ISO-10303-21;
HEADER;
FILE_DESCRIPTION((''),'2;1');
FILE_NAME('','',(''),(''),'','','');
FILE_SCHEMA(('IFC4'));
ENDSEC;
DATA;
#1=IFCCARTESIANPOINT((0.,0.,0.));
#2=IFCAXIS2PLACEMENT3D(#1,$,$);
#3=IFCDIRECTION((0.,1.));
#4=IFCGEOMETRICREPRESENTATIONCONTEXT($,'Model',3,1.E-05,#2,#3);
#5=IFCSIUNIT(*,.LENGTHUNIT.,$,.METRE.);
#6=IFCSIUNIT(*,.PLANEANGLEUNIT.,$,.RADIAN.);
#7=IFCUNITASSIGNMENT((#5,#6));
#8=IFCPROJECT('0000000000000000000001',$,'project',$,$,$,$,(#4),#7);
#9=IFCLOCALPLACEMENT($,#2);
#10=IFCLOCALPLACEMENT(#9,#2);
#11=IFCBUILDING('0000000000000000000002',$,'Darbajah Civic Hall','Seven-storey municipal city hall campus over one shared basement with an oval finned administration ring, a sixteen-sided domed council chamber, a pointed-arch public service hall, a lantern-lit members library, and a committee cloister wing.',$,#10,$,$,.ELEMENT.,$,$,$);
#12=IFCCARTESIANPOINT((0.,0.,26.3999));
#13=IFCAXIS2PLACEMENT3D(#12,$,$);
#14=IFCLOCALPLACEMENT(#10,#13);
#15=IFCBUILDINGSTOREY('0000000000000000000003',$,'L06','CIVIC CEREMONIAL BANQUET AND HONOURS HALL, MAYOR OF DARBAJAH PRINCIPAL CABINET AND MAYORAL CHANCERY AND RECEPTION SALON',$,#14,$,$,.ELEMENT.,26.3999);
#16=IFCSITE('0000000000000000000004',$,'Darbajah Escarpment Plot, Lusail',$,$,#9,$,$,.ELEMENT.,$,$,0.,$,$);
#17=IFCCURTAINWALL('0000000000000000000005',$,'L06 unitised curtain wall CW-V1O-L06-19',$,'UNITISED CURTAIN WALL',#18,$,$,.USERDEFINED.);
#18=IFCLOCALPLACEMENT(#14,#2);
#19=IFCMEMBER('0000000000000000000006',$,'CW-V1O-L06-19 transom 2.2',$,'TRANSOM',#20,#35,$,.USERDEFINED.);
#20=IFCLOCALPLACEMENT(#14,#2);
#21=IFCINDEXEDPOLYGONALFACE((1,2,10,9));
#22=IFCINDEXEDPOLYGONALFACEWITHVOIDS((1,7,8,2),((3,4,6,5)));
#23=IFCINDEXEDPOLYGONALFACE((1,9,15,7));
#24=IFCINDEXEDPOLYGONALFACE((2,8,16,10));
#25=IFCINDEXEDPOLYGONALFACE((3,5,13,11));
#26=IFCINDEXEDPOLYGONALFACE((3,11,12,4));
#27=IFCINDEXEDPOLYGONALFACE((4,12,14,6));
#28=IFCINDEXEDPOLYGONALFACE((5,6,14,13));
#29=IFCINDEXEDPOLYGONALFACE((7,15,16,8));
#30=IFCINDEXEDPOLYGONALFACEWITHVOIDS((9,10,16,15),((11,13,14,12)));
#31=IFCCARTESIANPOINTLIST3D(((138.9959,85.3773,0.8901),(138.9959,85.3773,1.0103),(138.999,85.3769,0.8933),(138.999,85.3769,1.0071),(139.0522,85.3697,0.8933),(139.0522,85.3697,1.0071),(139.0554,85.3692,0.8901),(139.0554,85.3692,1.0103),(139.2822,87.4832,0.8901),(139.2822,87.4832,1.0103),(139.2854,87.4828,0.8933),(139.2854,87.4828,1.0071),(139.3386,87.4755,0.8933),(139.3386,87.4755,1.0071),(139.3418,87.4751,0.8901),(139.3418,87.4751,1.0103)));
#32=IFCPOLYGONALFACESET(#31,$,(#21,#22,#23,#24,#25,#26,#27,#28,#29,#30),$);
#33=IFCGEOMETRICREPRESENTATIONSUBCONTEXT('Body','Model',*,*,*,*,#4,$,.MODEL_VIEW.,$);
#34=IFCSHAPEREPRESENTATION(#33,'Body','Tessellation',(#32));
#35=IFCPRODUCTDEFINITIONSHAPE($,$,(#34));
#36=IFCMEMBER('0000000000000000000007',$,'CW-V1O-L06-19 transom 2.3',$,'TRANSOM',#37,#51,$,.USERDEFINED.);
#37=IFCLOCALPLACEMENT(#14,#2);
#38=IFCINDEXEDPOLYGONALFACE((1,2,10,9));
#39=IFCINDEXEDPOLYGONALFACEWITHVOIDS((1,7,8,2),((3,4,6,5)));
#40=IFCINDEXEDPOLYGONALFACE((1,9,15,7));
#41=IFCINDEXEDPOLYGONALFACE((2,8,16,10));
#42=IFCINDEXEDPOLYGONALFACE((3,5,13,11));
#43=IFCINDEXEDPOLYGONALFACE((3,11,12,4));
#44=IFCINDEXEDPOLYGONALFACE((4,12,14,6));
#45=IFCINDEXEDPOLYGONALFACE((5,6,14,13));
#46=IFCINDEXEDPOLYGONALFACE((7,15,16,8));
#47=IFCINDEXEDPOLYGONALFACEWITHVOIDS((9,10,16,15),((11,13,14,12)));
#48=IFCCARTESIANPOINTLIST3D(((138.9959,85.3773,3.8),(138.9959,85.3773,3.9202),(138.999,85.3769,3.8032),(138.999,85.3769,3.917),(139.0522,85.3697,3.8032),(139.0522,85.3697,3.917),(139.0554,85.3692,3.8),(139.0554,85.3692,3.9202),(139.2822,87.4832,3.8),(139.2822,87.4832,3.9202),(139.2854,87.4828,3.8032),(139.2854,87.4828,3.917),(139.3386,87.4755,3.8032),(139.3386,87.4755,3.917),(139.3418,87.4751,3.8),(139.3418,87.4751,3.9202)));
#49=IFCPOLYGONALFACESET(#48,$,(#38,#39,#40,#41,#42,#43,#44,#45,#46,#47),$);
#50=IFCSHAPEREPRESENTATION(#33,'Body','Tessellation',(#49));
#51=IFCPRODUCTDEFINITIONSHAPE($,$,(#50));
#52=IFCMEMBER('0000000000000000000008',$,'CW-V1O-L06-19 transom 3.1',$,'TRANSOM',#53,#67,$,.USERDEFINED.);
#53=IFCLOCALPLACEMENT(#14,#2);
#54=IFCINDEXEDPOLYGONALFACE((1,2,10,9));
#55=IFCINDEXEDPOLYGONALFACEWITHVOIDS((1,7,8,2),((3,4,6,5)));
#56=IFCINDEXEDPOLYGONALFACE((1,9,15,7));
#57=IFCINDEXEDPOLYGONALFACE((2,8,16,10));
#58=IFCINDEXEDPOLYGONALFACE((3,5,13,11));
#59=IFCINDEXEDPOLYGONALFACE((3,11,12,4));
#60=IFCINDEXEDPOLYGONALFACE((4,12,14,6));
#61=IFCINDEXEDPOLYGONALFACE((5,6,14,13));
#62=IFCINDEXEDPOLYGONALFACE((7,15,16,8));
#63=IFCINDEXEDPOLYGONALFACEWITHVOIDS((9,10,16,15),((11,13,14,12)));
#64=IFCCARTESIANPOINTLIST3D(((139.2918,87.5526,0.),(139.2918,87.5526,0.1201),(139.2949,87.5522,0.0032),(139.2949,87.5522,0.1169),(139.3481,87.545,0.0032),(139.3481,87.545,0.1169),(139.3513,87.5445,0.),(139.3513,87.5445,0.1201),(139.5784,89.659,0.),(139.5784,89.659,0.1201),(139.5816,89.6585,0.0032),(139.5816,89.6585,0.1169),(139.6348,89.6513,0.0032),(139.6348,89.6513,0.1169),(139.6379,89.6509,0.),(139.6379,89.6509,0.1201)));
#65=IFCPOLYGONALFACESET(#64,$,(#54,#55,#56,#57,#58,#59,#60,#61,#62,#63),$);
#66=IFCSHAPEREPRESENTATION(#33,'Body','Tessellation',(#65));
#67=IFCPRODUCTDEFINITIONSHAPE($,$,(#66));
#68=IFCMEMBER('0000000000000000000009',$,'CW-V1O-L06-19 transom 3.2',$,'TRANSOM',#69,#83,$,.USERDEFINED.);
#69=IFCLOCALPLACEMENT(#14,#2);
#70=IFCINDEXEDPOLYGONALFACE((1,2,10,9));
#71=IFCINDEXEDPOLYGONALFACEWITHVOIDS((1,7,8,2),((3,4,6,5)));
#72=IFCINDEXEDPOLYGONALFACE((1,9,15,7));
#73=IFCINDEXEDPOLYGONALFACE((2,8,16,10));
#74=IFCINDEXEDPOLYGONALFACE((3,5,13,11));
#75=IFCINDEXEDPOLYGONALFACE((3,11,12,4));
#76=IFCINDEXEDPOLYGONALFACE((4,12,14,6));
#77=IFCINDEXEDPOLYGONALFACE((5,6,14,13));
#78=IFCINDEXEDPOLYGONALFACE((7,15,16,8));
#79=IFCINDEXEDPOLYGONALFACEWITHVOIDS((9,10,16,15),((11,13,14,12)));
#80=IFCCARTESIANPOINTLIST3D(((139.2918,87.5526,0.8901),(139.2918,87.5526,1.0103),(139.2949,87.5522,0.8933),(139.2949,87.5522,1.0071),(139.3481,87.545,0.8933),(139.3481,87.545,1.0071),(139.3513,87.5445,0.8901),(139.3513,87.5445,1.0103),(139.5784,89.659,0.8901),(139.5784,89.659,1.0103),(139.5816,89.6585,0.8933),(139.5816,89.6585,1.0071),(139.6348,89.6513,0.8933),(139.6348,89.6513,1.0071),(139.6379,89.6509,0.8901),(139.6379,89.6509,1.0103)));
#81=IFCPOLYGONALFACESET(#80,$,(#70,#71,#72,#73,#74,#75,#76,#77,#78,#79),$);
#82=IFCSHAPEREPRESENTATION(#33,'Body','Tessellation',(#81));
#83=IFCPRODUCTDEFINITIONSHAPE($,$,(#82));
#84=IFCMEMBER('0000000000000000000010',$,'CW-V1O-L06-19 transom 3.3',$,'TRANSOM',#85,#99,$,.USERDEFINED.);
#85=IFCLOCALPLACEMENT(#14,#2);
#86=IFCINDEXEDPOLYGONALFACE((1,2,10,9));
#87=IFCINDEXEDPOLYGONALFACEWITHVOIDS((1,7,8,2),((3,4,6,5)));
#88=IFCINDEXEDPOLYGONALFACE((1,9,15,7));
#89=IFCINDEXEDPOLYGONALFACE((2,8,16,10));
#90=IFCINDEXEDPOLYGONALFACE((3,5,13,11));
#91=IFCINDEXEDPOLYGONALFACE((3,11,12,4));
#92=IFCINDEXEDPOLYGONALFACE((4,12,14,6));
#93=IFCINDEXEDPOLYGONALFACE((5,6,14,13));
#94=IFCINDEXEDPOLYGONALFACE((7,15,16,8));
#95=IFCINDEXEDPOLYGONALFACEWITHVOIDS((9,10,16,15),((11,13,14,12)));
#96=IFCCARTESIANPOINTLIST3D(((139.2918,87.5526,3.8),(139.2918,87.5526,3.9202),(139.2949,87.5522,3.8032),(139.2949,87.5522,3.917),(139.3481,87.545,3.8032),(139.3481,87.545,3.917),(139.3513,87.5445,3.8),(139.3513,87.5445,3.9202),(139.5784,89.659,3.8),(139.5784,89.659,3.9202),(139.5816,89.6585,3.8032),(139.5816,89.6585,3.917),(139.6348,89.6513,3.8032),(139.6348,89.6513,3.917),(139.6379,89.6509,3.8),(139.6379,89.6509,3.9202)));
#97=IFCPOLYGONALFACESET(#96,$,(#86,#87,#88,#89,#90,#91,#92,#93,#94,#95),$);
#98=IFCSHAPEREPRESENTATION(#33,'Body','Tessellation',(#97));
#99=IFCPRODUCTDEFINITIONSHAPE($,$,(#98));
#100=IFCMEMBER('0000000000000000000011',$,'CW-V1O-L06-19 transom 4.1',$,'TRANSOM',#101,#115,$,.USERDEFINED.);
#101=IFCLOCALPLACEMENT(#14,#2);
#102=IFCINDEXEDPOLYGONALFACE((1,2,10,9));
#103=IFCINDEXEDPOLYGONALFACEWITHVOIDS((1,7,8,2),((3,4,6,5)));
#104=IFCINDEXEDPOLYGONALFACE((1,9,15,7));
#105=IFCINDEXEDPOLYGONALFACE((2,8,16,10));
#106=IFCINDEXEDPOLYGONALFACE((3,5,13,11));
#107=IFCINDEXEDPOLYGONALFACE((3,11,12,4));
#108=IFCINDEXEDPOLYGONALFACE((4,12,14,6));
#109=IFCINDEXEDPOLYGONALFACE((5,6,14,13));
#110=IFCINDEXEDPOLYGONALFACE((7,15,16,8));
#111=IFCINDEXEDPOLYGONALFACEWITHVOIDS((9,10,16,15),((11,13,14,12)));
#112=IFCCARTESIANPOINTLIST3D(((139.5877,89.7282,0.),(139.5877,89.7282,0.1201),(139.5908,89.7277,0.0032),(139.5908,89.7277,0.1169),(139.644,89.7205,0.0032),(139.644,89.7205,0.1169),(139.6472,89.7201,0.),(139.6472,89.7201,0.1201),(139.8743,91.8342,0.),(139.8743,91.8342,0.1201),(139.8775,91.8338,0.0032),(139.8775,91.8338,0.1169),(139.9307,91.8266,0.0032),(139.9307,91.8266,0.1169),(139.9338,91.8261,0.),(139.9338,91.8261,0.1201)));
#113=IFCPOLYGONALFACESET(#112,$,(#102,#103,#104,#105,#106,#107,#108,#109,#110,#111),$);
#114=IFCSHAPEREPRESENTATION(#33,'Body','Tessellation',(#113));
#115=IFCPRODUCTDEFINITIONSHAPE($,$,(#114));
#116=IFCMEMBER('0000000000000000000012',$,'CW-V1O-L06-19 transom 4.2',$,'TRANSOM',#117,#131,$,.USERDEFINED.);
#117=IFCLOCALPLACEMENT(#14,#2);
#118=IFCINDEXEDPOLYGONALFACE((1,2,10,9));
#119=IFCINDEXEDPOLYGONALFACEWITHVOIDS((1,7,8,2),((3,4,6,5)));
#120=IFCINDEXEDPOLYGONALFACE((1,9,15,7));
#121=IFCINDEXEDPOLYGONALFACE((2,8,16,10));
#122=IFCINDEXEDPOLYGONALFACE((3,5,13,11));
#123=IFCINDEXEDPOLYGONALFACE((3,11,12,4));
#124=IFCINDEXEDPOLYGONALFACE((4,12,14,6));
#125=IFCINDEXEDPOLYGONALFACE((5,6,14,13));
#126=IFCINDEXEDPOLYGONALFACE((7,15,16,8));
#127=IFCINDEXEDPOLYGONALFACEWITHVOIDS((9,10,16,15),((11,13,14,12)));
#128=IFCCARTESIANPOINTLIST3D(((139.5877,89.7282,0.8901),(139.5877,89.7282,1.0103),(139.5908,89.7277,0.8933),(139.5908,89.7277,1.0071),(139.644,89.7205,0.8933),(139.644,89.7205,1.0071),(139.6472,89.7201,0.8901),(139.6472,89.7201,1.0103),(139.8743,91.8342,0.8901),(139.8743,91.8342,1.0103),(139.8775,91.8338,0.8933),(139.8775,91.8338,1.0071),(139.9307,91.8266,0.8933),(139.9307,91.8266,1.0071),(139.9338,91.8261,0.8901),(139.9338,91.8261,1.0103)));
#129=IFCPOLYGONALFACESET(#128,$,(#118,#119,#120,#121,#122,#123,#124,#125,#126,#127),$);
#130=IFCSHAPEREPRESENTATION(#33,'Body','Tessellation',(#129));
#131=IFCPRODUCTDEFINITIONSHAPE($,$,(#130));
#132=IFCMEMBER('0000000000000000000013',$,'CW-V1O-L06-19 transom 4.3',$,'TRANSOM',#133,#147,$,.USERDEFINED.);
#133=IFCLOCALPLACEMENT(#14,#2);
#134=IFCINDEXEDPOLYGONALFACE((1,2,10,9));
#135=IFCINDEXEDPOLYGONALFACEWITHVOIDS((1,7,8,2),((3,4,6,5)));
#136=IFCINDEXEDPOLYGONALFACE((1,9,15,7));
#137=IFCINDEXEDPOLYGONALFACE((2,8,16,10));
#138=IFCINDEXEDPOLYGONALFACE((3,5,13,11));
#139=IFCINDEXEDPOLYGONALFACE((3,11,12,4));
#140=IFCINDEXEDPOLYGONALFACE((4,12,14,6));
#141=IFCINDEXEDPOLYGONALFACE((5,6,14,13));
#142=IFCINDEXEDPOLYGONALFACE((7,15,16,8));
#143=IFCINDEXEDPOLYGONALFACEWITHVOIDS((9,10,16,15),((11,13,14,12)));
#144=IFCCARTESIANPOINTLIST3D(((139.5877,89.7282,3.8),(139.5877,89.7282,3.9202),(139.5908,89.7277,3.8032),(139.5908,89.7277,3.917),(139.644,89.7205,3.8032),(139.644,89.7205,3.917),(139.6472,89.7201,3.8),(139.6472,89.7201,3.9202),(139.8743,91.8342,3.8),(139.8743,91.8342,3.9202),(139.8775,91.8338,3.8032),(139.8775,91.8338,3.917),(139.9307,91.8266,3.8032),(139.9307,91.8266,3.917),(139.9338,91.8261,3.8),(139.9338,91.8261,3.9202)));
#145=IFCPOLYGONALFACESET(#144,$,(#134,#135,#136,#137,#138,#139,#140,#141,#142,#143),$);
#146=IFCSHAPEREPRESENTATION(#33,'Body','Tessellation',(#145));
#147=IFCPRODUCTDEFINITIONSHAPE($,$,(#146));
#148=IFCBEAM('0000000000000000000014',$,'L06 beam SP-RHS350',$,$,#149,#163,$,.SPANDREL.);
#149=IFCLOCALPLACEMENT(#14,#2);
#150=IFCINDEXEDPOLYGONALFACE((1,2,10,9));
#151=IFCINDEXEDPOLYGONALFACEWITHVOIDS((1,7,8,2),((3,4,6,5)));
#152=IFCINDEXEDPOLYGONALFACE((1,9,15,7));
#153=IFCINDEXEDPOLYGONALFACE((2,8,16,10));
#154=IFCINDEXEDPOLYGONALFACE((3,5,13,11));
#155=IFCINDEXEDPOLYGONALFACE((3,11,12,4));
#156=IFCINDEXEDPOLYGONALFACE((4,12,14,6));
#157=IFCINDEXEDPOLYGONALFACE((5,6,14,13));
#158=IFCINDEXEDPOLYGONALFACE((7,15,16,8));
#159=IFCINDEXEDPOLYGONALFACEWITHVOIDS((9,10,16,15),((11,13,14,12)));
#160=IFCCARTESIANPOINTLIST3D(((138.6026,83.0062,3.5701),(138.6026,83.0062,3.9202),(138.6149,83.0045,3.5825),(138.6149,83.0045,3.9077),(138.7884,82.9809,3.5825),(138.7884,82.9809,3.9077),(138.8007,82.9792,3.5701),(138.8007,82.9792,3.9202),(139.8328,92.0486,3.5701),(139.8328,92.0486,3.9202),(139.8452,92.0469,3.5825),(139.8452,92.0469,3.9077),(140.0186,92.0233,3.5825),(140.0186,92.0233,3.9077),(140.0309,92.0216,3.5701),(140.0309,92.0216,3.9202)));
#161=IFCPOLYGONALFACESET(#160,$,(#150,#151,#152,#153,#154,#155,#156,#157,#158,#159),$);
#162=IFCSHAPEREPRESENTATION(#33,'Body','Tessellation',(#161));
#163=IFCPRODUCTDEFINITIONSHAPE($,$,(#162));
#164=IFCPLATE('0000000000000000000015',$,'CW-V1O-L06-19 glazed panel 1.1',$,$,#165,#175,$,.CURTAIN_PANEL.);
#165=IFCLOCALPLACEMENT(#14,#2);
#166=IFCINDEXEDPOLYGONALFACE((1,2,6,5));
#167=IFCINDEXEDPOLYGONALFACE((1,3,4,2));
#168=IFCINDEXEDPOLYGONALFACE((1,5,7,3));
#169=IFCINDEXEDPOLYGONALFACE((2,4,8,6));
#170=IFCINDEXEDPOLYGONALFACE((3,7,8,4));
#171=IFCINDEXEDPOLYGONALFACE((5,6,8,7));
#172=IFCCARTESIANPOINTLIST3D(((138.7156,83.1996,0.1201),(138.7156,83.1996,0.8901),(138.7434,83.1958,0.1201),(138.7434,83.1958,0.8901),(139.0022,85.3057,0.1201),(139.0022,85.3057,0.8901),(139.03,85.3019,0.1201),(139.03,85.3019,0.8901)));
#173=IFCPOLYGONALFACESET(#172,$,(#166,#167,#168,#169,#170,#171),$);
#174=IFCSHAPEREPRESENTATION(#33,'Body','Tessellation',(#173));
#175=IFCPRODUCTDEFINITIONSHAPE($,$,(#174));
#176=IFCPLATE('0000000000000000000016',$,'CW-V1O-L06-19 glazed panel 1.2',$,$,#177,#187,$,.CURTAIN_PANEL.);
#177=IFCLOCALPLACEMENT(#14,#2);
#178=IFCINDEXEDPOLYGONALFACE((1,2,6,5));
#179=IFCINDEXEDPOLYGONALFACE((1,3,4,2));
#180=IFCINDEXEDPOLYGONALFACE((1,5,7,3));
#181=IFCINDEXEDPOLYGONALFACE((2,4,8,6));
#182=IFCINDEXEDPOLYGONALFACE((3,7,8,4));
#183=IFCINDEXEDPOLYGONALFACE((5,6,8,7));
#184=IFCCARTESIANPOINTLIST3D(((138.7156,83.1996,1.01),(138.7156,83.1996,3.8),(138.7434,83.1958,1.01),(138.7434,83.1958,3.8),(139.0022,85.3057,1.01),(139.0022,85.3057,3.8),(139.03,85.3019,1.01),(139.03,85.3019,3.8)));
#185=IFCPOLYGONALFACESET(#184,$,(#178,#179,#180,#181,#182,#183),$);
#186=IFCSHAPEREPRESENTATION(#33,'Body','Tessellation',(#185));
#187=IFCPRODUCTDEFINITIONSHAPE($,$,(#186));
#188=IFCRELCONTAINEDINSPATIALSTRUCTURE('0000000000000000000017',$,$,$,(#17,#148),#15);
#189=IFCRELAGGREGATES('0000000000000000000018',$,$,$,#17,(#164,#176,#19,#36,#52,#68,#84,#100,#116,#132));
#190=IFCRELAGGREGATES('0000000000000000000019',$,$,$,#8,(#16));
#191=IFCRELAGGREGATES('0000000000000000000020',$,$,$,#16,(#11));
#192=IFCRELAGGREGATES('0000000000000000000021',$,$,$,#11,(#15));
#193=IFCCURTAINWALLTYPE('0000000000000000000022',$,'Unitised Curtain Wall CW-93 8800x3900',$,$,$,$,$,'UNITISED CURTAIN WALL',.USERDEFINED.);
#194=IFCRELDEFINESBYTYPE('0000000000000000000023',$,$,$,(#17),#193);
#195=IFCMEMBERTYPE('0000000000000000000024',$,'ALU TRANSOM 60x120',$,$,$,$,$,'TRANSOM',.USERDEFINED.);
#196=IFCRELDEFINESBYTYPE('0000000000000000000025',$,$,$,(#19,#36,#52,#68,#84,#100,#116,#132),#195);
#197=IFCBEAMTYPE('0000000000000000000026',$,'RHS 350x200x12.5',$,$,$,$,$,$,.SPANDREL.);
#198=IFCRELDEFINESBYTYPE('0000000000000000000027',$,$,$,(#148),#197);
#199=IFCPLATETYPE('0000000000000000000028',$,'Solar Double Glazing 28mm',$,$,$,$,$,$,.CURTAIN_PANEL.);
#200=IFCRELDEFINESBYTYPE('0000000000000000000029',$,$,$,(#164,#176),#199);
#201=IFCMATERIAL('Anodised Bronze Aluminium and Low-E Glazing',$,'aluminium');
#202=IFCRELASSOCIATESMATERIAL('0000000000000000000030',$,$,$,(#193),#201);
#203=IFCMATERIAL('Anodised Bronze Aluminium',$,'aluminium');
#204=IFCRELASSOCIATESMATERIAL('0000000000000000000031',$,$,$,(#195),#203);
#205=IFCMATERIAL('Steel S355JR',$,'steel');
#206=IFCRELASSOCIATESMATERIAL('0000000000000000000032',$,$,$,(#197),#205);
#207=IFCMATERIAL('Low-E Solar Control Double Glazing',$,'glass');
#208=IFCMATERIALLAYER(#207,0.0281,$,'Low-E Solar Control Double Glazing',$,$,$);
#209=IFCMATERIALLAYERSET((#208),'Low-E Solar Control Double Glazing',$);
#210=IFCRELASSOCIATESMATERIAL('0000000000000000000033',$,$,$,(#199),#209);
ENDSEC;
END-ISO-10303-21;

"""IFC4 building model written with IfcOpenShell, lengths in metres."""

from ifc_helpers import new_model, si_unit, direction, frame, origin, origin_2d, place, context, subcontext, project, spatial, rectangle, hollow_rectangle, extrude, material, layer, layer_set, material_profile, profile_set, type_object, element, aggregate, save


model = new_model("IFC4")

# Units and contexts
model_context = context("Model", 3, precision=1e-05, world=origin(), true_north=direction((0.0, 1.0)))
body_context = subcontext(model_context, "Body", "Model", "MODEL_VIEW")
ifc_project = project(units=[si_unit("LENGTHUNIT", "METRE"), si_unit("PLANEANGLEUNIT", "RADIAN")], contexts=[model_context])

# Site, building, storey
site_placement = place(None, origin())
site = spatial("IfcSite", under=ifc_project, at=site_placement, Name="Darbajah Escarpment Plot, Lusail", CompositionType="ELEMENT", RefElevation=0.0)
building_placement = place(site_placement, origin())
building = spatial("IfcBuilding", under=site, at=building_placement, Name="Darbajah Civic Hall", Description="Seven-storey municipal city hall campus over one shared basement with an oval finned administration ring, a sixteen-sided domed council chamber, a pointed-arch public service hall, a lantern-lit members library, and a committee cloister wing.", CompositionType="ELEMENT")
storey_placement = place(building_placement, frame((0.0, 0.0, 26.3999)))
storey = spatial("IfcBuildingStorey", under=building, at=storey_placement, Name="L06", Description="CIVIC CEREMONIAL BANQUET AND HONOURS HALL, MAYOR OF DARBAJAH PRINCIPAL CABINET AND MAYORAL CHANCERY AND RECEPTION SALON", CompositionType="ELEMENT", Elevation=26.3999)

# Curtain wall
ifc_material_1 = material(Name="Anodised Bronze Aluminium and Low-E Glazing", Category="aluminium")
curtain_wall_type_1 = type_object("IfcCurtainWallType", Name="Unitised Curtain Wall CW-93 8800x3900", ElementType="UNITISED CURTAIN WALL", PredefinedType="USERDEFINED", material=ifc_material_1)
curtain_wall_1_placement = place(storey_placement, origin())
curtain_wall_1 = element("IfcCurtainWall", 1, at=curtain_wall_1_placement, inside=storey, type_object=curtain_wall_type_1, Name="L06 unitised curtain wall CW-V1O-L06-19", ObjectType="UNITISED CURTAIN WALL", PredefinedType="USERDEFINED")
ifc_material_2 = material(Name="Anodised Bronze Aluminium", Category="aluminium")

# Members
ifc_material_profile_1 = material_profile(ifc_material_2, hollow_rectangle(XDim=0.0601, YDim=0.1201, WallThickness=0.0032, at=origin_2d()), Name="ALU TRANSOM 60x120")
ifc_profile_set_1 = profile_set([ifc_material_profile_1], Name="Anodised Bronze Aluminium")
member_type_1 = type_object("IfcMemberType", Name="ALU TRANSOM 60x120", ElementType="TRANSOM", PredefinedType="USERDEFINED", material=ifc_profile_set_1)
member_1_placement = place(storey_placement, frame((139.0256, 85.3733, 0.9502), z_axis=(0.134744, 0.99088, 0.0), x_axis=(-0.99088, 0.134744, 0.0)))
member_1 = element("IfcMember", 2, at=member_1_placement, type_object=member_type_1, Name="CW-V1O-L06-19 transom 2.2", ObjectType="TRANSOM", PredefinedType="USERDEFINED", context=body_context, shape_type="SweptSolid", body=[
    extrude(hollow_rectangle(XDim=0.0601, YDim=0.1201, WallThickness=0.0032, at=origin_2d()), origin(), (0.0, 0.0, 1.0), 2.1252),
])
member_2_placement = place(storey_placement, frame((139.0256, 85.3733, 3.8601), z_axis=(0.134744, 0.99088, 0.0), x_axis=(-0.99088, 0.134744, 0.0)))
member_2 = element("IfcMember", 3, at=member_2_placement, type_object=member_type_1, Name="CW-V1O-L06-19 transom 2.3", ObjectType="TRANSOM", PredefinedType="USERDEFINED", context=body_context, shape_type="SweptSolid", body=[
    extrude(hollow_rectangle(XDim=0.0601, YDim=0.1201, WallThickness=0.0032, at=origin_2d()), origin(), (0.0, 0.0, 1.0), 2.1252),
])
member_3_placement = place(storey_placement, frame((139.3215, 87.5486, 0.0601), z_axis=(0.134842, 0.990867, 0.0), x_axis=(-0.990867, 0.134842, 0.0)))
member_3 = element("IfcMember", 4, at=member_3_placement, type_object=member_type_1, Name="CW-V1O-L06-19 transom 3.1", ObjectType="TRANSOM", PredefinedType="USERDEFINED", context=body_context, shape_type="SweptSolid", body=[
    extrude(hollow_rectangle(XDim=0.0601, YDim=0.1201, WallThickness=0.0032, at=origin_2d()), origin(), (0.0, 0.0, 1.0), 2.1257),
])
member_4_placement = place(storey_placement, frame((139.3215, 87.5486, 0.9502), z_axis=(0.134842, 0.990867, 0.0), x_axis=(-0.990867, 0.134842, 0.0)))
member_4 = element("IfcMember", 5, at=member_4_placement, type_object=member_type_1, Name="CW-V1O-L06-19 transom 3.2", ObjectType="TRANSOM", PredefinedType="USERDEFINED", context=body_context, shape_type="SweptSolid", body=[
    extrude(hollow_rectangle(XDim=0.0601, YDim=0.1201, WallThickness=0.0032, at=origin_2d()), origin(), (0.0, 0.0, 1.0), 2.1257),
])
member_5_placement = place(storey_placement, frame((139.3215, 87.5486, 3.8601), z_axis=(0.134842, 0.990867, 0.0), x_axis=(-0.990867, 0.134842, 0.0)))
member_5 = element("IfcMember", 6, at=member_5_placement, type_object=member_type_1, Name="CW-V1O-L06-19 transom 3.3", ObjectType="TRANSOM", PredefinedType="USERDEFINED", context=body_context, shape_type="SweptSolid", body=[
    extrude(hollow_rectangle(XDim=0.0601, YDim=0.1201, WallThickness=0.0032, at=origin_2d()), origin(), (0.0, 0.0, 1.0), 2.1257),
])
member_6_placement = place(storey_placement, frame((139.6174, 89.7241, 0.0601), z_axis=(0.134857, 0.990865, 0.0), x_axis=(-0.990865, 0.134857, 0.0)))
member_6 = element("IfcMember", 7, at=member_6_placement, type_object=member_type_1, Name="CW-V1O-L06-19 transom 4.1", ObjectType="TRANSOM", PredefinedType="USERDEFINED", context=body_context, shape_type="SweptSolid", body=[
    extrude(hollow_rectangle(XDim=0.0601, YDim=0.1201, WallThickness=0.0032, at=origin_2d()), origin(), (0.0, 0.0, 1.0), 2.1255),
])
member_7_placement = place(storey_placement, frame((139.6174, 89.7241, 0.9502), z_axis=(0.134857, 0.990865, 0.0), x_axis=(-0.990865, 0.134857, 0.0)))
member_7 = element("IfcMember", 8, at=member_7_placement, type_object=member_type_1, Name="CW-V1O-L06-19 transom 4.2", ObjectType="TRANSOM", PredefinedType="USERDEFINED", context=body_context, shape_type="SweptSolid", body=[
    extrude(hollow_rectangle(XDim=0.0601, YDim=0.1201, WallThickness=0.0032, at=origin_2d()), origin(), (0.0, 0.0, 1.0), 2.1255),
])
member_8_placement = place(storey_placement, frame((139.6174, 89.7241, 3.8601), z_axis=(0.134857, 0.990865, 0.0), x_axis=(-0.990865, 0.134857, 0.0)))
member_8 = element("IfcMember", 9, at=member_8_placement, type_object=member_type_1, Name="CW-V1O-L06-19 transom 4.3", ObjectType="TRANSOM", PredefinedType="USERDEFINED", context=body_context, shape_type="SweptSolid", body=[
    extrude(hollow_rectangle(XDim=0.0601, YDim=0.1201, WallThickness=0.0032, at=origin_2d()), origin(), (0.0, 0.0, 1.0), 2.1255),
])

# Beam
ifc_material_3 = material(Name="Steel S355JR", Category="steel")
ifc_material_profile_2 = material_profile(ifc_material_3, hollow_rectangle(XDim=0.2, YDim=0.3501, WallThickness=0.0125, at=origin_2d()), Name="RHS 350x200x12.5")
ifc_profile_set_2 = profile_set([ifc_material_profile_2], Name="Steel S355JR")
beam_type = type_object("IfcBeamType", Name="RHS 350x200x12.5", PredefinedType="SPANDREL", material=ifc_profile_set_2)
beam_placement = place(storey_placement, frame((138.7017, 82.9927, 3.7451), z_axis=(0.134808, 0.990872, 0.0), x_axis=(-0.990872, 0.134808, 0.0)))
element("IfcBeam", 10, at=beam_placement, inside=storey, type_object=beam_type, Name="L06 beam SP-RHS350", PredefinedType="SPANDREL", context=body_context, shape_type="SweptSolid", body=[
    extrude(hollow_rectangle(XDim=0.2, YDim=0.3501, WallThickness=0.0125, at=origin_2d()), origin(), (0.0, 0.0, 1.0), 9.1257),
])

# Plates
ifc_material_4 = material(Name="Low-E Solar Control Double Glazing", Category="glass")
ifc_layer = layer(ifc_material_4, 0.0281, Name="Low-E Solar Control Double Glazing")
ifc_layer_set = layer_set([ifc_layer], Name="Low-E Solar Control Double Glazing")
plate_type = type_object("IfcPlateType", Name="Solar Double Glazing 28mm", PredefinedType="CURTAIN_PANEL", material=ifc_layer_set)
plate_1_placement = place(storey_placement, frame((138.8728, 84.2507, 0.1201), z_axis=(0.0, 0.0, 1.0), x_axis=(0.134851, 0.990866, 0.0)))
plate_1 = element("IfcPlate", 11, at=plate_1_placement, type_object=plate_type, Name="CW-V1O-L06-19 glazed panel 1.1", PredefinedType="CURTAIN_PANEL", context=body_context, shape_type="SweptSolid", body=[
    extrude(rectangle(XDim=2.1255, YDim=0.0281, at=origin_2d()), origin(), (0.0, 0.0, 1.0), 0.77),
])
plate_2_placement = place(storey_placement, frame((138.8728, 84.2507, 1.01), z_axis=(0.0, 0.0, 1.0), x_axis=(0.134851, 0.990866, 0.0)))
plate_2 = element("IfcPlate", 12, at=plate_2_placement, type_object=plate_type, Name="CW-V1O-L06-19 glazed panel 1.2", PredefinedType="CURTAIN_PANEL", context=body_context, shape_type="SweptSolid", body=[
    extrude(rectangle(XDim=2.1255, YDim=0.0281, at=origin_2d()), origin(), (0.0, 0.0, 1.0), 2.79),
])
aggregate(curtain_wall_1, [plate_1, plate_2, member_1, member_2, member_3, member_4, member_5, member_6, member_7, member_8])

save(model, "model.ifc")
